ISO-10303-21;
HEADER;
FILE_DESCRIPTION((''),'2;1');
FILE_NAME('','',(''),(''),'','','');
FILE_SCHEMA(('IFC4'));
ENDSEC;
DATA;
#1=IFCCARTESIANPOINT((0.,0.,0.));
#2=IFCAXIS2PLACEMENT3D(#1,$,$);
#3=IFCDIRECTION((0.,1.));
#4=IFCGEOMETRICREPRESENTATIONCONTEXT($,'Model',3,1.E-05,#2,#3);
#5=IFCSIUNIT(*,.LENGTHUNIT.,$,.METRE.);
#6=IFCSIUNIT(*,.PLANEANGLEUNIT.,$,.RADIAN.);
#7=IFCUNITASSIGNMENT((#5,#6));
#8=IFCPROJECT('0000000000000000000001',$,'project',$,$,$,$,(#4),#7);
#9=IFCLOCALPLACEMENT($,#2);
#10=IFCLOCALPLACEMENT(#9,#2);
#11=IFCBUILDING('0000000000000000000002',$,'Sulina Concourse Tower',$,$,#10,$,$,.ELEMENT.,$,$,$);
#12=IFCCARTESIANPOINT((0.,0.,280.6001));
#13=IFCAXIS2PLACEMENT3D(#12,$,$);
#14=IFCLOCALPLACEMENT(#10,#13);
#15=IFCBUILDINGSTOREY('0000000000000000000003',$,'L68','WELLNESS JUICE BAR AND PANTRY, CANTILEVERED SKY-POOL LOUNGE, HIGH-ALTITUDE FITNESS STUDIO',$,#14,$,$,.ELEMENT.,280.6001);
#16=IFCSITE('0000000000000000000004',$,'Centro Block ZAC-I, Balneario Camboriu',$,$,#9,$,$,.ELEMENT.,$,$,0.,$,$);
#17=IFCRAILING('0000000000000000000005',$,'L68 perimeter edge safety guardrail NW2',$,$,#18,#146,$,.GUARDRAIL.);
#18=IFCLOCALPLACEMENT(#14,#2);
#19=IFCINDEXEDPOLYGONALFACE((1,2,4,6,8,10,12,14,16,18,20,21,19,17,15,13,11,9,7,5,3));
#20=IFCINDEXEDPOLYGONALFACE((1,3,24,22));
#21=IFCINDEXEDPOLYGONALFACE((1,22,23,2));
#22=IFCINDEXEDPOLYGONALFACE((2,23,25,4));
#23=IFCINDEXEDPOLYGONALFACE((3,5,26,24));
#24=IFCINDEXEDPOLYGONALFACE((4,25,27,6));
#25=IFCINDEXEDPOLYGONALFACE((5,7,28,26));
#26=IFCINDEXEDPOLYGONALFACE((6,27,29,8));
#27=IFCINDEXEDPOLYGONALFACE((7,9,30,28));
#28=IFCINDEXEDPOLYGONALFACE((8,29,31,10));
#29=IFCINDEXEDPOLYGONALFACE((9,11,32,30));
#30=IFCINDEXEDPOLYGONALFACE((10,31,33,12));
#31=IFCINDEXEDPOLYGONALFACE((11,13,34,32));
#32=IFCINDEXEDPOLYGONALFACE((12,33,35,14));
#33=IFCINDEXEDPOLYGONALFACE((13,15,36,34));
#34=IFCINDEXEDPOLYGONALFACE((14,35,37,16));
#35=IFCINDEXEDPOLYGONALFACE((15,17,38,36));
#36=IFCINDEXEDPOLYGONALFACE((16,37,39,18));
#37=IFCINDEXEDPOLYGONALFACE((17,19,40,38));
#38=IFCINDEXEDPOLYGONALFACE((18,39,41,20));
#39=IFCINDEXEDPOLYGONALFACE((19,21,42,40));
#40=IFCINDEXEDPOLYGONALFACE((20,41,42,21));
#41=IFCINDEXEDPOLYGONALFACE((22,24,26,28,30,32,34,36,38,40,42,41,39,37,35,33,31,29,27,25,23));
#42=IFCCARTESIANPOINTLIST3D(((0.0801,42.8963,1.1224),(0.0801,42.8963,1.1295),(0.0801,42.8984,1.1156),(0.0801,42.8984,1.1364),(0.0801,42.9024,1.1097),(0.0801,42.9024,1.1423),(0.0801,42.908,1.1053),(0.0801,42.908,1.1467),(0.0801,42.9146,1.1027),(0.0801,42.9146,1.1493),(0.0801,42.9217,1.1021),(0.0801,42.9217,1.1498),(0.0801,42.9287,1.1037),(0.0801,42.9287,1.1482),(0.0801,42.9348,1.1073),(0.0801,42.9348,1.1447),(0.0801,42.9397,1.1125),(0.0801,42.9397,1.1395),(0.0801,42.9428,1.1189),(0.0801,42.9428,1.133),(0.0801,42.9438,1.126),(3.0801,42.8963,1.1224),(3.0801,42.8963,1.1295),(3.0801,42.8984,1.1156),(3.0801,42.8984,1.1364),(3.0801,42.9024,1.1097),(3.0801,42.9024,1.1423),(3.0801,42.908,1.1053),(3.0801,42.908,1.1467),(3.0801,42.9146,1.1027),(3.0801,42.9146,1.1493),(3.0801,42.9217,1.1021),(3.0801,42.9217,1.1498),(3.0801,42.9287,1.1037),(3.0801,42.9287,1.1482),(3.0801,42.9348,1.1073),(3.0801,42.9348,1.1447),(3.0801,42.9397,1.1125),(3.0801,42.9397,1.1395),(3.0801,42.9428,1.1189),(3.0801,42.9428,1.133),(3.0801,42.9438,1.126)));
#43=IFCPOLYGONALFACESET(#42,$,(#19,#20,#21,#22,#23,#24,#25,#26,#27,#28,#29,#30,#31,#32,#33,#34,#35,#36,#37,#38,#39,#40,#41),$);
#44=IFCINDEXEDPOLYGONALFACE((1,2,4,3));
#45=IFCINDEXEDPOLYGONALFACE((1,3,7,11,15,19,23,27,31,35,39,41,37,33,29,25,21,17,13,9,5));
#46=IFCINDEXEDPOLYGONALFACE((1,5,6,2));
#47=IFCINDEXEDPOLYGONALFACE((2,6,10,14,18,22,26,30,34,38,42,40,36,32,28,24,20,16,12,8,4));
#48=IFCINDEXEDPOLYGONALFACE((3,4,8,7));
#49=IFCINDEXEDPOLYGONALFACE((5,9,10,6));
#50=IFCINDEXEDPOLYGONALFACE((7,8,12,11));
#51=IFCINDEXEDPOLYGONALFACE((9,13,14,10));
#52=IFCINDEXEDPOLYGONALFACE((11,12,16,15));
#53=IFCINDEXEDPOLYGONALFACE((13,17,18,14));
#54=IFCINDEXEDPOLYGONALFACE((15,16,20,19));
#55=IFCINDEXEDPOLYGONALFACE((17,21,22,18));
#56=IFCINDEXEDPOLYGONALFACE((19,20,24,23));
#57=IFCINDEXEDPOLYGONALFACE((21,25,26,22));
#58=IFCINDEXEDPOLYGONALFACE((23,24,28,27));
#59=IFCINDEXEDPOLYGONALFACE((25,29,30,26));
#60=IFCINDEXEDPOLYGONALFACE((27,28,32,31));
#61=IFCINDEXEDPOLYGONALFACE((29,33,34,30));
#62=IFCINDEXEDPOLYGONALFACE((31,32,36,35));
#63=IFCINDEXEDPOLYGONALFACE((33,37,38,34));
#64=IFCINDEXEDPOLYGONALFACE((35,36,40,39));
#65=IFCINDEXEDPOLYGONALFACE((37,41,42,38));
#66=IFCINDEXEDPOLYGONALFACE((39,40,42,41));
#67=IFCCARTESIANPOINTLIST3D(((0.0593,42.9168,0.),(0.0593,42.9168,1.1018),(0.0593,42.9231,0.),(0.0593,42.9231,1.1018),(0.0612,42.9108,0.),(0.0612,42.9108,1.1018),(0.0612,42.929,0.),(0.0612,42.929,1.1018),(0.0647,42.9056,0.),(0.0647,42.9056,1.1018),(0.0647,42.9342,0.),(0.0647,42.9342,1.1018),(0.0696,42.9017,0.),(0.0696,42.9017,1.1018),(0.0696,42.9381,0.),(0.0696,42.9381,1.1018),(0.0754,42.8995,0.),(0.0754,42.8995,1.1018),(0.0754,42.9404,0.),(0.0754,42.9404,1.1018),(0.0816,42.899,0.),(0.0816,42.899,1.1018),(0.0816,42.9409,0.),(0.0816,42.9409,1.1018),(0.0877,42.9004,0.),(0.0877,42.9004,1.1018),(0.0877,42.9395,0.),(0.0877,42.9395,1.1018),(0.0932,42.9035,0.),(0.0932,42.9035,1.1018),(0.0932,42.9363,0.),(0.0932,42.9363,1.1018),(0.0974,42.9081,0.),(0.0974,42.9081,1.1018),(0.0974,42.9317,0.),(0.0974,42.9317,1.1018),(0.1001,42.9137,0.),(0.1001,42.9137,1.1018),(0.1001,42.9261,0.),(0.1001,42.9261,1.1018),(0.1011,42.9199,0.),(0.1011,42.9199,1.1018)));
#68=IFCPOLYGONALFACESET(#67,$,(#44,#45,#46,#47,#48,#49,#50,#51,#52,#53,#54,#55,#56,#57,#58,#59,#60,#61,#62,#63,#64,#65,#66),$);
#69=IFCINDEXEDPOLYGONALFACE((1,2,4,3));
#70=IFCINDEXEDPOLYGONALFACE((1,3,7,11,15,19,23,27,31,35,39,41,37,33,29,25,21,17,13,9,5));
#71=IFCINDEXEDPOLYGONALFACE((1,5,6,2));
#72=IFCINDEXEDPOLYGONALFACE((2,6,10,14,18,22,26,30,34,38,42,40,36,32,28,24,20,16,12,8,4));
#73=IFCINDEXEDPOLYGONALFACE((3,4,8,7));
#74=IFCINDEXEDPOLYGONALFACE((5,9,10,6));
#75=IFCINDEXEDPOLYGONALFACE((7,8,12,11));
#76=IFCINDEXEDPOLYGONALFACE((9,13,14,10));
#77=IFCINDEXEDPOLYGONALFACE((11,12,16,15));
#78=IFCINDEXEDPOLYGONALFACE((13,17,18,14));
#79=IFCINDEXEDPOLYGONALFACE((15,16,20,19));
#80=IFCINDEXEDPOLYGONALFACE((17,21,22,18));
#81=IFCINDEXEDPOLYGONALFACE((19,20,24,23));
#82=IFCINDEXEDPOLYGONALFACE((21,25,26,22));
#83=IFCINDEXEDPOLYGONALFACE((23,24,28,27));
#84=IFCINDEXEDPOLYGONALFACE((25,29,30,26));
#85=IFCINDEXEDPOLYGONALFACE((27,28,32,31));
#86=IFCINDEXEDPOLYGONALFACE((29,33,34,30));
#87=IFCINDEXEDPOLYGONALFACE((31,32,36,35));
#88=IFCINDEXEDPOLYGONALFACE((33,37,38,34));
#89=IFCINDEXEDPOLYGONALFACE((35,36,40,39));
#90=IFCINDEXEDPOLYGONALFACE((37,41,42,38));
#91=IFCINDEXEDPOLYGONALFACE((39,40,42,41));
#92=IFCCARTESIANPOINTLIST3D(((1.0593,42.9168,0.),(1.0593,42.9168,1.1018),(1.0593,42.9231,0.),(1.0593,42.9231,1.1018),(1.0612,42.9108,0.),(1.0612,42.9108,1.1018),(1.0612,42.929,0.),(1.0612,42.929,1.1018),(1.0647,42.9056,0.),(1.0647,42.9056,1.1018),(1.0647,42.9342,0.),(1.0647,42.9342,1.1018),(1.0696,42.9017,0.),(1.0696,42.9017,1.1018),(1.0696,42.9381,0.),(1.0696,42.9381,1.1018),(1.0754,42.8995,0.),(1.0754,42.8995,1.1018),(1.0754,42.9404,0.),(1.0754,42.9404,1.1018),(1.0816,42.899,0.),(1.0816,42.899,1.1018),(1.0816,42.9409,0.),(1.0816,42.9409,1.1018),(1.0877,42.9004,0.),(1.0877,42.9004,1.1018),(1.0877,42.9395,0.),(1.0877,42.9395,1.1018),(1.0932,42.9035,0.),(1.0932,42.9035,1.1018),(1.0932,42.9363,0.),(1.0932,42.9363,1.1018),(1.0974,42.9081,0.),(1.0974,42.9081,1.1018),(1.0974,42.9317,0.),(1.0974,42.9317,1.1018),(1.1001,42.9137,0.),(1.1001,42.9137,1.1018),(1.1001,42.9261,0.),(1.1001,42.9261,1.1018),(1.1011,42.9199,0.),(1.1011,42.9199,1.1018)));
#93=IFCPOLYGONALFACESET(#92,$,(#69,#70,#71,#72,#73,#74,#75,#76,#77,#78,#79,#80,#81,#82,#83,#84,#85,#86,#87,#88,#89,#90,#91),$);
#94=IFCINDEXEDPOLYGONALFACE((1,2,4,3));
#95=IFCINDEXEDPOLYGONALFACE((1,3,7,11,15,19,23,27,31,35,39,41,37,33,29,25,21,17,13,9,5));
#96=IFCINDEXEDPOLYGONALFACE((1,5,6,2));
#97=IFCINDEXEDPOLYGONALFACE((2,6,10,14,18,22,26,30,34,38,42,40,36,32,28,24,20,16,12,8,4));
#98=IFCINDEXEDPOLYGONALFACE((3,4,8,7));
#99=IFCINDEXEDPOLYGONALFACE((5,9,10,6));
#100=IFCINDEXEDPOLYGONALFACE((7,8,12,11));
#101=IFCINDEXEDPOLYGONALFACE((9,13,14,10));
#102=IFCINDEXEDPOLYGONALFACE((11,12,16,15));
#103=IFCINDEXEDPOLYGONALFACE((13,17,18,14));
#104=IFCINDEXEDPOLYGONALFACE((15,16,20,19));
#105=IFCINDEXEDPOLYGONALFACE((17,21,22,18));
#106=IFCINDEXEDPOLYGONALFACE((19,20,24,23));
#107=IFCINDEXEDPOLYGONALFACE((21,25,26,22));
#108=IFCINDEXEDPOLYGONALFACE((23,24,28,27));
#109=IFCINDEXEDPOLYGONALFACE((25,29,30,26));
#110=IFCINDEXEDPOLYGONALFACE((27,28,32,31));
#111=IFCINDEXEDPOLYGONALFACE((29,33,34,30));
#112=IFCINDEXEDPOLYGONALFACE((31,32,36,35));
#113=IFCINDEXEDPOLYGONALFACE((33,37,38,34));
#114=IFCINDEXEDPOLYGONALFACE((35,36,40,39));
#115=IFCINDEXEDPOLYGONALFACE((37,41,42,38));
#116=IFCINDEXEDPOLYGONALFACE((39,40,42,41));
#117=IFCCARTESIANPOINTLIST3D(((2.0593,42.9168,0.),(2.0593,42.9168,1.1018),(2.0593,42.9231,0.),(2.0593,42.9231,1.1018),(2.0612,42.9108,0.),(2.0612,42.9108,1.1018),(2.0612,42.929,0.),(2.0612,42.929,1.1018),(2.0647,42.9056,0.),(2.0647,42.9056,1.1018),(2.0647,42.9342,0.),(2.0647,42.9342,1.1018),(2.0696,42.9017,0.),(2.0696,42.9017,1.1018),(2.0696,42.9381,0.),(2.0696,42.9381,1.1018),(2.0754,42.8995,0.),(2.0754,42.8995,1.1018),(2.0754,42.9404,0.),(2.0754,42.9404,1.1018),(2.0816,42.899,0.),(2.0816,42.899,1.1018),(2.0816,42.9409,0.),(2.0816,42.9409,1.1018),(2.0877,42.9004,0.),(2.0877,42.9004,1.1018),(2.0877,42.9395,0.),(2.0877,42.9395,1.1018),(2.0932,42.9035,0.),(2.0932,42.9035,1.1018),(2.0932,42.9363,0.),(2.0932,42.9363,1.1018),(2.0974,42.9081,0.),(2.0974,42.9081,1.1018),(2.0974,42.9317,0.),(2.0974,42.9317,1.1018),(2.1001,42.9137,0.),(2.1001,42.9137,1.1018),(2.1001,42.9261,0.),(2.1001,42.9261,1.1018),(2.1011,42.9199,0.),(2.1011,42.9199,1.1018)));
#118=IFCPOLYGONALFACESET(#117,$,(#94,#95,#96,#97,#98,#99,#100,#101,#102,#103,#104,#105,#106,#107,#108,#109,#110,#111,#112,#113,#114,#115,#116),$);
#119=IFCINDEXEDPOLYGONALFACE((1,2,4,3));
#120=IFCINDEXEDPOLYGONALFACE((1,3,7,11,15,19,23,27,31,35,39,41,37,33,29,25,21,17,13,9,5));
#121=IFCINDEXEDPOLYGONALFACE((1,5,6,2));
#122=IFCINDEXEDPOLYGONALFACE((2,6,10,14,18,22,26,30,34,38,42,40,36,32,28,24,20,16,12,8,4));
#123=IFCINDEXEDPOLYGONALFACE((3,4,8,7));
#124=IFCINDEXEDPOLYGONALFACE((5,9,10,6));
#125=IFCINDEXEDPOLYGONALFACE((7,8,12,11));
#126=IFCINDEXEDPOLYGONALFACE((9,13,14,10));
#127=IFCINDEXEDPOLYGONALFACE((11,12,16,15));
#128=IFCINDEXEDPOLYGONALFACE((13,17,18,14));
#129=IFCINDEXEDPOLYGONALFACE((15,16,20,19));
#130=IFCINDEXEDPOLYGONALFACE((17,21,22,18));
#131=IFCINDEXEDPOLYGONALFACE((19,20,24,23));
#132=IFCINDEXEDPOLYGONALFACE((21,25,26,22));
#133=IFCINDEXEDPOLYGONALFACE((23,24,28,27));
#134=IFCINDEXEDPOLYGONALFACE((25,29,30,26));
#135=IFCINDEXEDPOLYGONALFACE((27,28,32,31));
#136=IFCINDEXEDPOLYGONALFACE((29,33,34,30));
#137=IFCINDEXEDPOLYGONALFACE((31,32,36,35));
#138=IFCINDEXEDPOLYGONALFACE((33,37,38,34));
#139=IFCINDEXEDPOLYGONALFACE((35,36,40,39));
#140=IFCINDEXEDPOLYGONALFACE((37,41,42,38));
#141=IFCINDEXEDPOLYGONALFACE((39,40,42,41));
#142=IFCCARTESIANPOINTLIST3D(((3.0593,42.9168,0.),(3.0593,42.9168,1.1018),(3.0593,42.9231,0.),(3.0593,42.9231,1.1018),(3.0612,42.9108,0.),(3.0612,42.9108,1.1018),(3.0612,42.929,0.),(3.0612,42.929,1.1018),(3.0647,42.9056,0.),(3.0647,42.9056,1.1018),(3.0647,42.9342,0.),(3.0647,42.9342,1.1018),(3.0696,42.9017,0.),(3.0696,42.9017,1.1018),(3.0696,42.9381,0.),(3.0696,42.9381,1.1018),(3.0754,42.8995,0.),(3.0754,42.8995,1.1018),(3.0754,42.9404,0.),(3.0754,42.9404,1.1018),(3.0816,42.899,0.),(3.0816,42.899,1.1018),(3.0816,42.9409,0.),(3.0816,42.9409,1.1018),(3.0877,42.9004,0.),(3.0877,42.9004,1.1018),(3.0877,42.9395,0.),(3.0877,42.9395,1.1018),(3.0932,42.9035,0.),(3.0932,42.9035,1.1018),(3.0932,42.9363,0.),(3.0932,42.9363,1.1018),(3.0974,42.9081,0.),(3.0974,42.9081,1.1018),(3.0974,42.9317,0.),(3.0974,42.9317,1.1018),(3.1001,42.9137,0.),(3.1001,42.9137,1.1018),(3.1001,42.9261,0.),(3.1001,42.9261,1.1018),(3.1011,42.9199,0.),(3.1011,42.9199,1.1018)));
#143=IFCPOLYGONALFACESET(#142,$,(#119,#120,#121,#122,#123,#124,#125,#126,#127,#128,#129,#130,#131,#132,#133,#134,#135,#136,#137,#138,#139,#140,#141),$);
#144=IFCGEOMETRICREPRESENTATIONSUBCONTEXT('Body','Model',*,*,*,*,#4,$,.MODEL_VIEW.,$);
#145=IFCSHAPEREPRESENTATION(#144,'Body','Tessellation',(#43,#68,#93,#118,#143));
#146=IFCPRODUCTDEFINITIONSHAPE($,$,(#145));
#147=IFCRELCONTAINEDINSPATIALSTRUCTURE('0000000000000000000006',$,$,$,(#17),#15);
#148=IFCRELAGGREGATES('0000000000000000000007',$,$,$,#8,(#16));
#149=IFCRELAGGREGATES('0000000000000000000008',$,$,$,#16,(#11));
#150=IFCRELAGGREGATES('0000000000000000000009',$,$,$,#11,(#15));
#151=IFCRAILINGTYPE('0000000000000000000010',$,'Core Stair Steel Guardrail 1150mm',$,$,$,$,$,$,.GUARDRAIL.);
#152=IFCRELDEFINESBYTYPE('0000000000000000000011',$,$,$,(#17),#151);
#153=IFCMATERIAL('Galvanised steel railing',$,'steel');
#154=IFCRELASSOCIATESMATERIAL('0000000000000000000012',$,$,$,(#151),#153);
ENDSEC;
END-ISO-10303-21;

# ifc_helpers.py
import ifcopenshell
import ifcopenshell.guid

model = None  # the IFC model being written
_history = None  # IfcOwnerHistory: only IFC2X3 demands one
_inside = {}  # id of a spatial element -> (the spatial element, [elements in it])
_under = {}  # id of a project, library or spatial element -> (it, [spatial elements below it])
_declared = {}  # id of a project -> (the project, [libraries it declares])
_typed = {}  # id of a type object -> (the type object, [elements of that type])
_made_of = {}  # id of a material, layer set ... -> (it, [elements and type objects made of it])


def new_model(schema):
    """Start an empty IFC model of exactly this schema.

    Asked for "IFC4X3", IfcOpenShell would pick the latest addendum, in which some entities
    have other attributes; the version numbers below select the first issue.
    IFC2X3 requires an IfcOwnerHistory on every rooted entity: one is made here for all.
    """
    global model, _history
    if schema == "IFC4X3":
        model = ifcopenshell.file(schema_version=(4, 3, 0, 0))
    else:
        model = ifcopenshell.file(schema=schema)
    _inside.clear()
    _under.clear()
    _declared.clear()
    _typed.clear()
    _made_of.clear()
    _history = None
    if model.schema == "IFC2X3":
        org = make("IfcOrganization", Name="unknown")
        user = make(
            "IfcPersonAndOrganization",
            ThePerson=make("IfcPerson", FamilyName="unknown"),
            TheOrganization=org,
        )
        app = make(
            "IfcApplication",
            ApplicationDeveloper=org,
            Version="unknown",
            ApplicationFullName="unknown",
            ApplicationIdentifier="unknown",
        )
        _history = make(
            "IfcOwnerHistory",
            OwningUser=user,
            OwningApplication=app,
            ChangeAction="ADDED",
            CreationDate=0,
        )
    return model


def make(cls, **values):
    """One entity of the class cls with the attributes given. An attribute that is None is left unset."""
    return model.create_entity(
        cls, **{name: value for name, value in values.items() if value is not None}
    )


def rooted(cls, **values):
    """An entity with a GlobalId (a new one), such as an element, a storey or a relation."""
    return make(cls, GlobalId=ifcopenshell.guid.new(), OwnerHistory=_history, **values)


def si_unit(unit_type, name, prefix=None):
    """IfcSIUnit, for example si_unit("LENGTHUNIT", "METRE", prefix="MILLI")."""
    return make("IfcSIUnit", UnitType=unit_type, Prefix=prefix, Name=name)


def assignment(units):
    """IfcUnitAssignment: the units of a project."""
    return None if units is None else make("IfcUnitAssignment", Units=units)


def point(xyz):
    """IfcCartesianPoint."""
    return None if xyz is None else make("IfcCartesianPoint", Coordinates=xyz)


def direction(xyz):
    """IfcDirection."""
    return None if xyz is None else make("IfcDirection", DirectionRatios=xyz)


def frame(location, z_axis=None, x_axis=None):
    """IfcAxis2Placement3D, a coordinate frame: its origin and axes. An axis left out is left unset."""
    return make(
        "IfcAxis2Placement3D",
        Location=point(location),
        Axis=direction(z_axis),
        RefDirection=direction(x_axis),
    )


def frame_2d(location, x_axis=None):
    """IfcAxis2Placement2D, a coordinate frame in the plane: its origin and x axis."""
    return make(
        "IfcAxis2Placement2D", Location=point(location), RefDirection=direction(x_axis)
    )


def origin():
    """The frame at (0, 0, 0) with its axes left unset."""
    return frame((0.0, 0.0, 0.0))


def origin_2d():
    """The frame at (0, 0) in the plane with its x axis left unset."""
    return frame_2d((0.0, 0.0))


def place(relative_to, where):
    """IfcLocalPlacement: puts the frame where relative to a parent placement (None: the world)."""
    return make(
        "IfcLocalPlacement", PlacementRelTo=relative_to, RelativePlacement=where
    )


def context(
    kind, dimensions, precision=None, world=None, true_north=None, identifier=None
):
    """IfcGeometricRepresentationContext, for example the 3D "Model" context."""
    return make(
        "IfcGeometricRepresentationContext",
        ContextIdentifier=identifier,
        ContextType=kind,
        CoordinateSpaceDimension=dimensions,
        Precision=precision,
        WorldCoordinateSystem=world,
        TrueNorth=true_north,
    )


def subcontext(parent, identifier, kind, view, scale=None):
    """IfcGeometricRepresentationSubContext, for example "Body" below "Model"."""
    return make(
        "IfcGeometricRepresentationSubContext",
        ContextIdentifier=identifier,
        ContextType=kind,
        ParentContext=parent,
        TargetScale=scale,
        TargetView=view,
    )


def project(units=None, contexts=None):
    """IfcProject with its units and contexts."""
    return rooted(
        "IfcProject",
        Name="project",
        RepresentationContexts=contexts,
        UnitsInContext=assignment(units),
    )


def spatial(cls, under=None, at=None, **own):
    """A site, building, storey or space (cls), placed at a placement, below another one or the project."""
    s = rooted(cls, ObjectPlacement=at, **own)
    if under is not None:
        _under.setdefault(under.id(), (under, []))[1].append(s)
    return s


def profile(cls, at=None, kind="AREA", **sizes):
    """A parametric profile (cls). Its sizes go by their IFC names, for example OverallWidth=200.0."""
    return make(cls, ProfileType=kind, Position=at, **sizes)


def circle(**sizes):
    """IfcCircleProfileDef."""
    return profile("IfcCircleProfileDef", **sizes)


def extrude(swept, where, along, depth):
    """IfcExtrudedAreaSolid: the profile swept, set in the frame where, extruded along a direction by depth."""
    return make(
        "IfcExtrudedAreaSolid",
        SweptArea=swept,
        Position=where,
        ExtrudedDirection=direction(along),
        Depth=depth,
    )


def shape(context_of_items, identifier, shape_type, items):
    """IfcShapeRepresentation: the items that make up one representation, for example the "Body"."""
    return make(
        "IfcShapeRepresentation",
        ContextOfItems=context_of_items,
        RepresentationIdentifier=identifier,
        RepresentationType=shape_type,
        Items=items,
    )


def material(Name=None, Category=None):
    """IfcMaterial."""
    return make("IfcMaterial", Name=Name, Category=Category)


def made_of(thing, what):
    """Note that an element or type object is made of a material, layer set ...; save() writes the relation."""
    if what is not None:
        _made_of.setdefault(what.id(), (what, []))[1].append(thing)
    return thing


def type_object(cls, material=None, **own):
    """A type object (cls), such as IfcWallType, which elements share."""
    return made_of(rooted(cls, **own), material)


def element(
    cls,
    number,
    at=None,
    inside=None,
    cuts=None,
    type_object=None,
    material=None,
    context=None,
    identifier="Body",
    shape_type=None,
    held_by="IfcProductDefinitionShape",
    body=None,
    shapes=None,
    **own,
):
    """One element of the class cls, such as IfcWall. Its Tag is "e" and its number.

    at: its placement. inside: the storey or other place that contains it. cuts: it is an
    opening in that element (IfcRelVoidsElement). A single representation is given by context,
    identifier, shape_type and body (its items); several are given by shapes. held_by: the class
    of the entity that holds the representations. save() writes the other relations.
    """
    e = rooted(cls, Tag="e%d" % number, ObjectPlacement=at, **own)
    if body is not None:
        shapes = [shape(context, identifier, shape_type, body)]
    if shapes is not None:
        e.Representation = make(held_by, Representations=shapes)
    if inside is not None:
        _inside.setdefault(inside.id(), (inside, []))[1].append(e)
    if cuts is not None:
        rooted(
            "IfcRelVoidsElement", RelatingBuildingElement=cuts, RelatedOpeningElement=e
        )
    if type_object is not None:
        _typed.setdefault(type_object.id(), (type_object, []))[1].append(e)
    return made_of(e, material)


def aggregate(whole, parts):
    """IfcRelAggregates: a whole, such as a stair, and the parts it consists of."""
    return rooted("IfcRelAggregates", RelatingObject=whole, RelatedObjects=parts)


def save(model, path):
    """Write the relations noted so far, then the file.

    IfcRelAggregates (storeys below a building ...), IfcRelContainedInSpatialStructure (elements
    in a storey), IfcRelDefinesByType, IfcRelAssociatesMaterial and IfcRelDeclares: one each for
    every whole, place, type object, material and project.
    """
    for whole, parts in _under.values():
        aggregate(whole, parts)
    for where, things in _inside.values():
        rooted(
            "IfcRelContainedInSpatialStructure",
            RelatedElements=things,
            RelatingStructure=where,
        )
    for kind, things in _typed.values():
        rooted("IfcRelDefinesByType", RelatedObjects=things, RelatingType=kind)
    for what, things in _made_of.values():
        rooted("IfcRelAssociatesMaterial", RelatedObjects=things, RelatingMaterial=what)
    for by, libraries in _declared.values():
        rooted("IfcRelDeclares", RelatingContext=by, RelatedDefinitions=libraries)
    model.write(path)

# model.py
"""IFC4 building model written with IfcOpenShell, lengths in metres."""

from ifc_helpers import new_model, si_unit, direction, frame, origin, origin_2d, place, context, subcontext, project, spatial, circle, extrude, material, type_object, element, save


model = new_model("IFC4")

# Units and contexts
model_context = context("Model", 3, precision=1e-05, world=origin(), true_north=direction((0.0, 1.0)))
body_context = subcontext(model_context, "Body", "Model", "MODEL_VIEW")
ifc_project = project(units=[si_unit("LENGTHUNIT", "METRE"), si_unit("PLANEANGLEUNIT", "RADIAN")], contexts=[model_context])

# Site, building, storey
site_placement = place(None, origin())
site = spatial("IfcSite", under=ifc_project, at=site_placement, Name="Centro Block ZAC-I, Balneario Camboriu", CompositionType="ELEMENT", RefElevation=0.0)
building_placement = place(site_placement, origin())
building = spatial("IfcBuilding", under=site, at=building_placement, Name="Sulina Concourse Tower", CompositionType="ELEMENT")
storey_placement = place(building_placement, frame((0.0, 0.0, 280.6001)))
storey = spatial("IfcBuildingStorey", under=building, at=storey_placement, Name="L68", Description="WELLNESS JUICE BAR AND PANTRY, CANTILEVERED SKY-POOL LOUNGE, HIGH-ALTITUDE FITNESS STUDIO", CompositionType="ELEMENT", Elevation=280.6001)

# Railing
ifc_material_1 = material(Name="Galvanised steel railing", Category="steel")
railing_type_1 = type_object("IfcRailingType", Name="Core Stair Steel Guardrail 1150mm", PredefinedType="GUARDRAIL", material=ifc_material_1)
railing_1_placement = place(storey_placement, frame((0.0801, 42.9199, 0.0)))
element("IfcRailing", 1, at=railing_1_placement, inside=storey, type_object=railing_type_1, Name="L68 perimeter edge safety guardrail NW2", PredefinedType="GUARDRAIL", context=body_context, shape_type="SweptSolid", body=[
    extrude(circle(Radius=0.0239, at=origin_2d()), frame((0.0, 0.0, 1.126), z_axis=(1.0, 0.0, 0.0), x_axis=(0.0, 1.0, 0.0)), (0.0, 0.0, 1.0), 3.0),
    extrude(circle(Radius=0.021, at=origin_2d()), origin(), (0.0, 0.0, 1.0), 1.1018),
    extrude(circle(Radius=0.021, at=origin_2d()), frame((1.0, 0.0, 0.0)), (0.0, 0.0, 1.0), 1.1018),
    extrude(circle(Radius=0.021, at=origin_2d()), frame((2.0, 0.0, 0.0)), (0.0, 0.0, 1.0), 1.1018),
    extrude(circle(Radius=0.021, at=origin_2d()), frame((3.0, 0.0, 0.0)), (0.0, 0.0, 1.0), 1.1018),
])

save(model, "model.ifc")
